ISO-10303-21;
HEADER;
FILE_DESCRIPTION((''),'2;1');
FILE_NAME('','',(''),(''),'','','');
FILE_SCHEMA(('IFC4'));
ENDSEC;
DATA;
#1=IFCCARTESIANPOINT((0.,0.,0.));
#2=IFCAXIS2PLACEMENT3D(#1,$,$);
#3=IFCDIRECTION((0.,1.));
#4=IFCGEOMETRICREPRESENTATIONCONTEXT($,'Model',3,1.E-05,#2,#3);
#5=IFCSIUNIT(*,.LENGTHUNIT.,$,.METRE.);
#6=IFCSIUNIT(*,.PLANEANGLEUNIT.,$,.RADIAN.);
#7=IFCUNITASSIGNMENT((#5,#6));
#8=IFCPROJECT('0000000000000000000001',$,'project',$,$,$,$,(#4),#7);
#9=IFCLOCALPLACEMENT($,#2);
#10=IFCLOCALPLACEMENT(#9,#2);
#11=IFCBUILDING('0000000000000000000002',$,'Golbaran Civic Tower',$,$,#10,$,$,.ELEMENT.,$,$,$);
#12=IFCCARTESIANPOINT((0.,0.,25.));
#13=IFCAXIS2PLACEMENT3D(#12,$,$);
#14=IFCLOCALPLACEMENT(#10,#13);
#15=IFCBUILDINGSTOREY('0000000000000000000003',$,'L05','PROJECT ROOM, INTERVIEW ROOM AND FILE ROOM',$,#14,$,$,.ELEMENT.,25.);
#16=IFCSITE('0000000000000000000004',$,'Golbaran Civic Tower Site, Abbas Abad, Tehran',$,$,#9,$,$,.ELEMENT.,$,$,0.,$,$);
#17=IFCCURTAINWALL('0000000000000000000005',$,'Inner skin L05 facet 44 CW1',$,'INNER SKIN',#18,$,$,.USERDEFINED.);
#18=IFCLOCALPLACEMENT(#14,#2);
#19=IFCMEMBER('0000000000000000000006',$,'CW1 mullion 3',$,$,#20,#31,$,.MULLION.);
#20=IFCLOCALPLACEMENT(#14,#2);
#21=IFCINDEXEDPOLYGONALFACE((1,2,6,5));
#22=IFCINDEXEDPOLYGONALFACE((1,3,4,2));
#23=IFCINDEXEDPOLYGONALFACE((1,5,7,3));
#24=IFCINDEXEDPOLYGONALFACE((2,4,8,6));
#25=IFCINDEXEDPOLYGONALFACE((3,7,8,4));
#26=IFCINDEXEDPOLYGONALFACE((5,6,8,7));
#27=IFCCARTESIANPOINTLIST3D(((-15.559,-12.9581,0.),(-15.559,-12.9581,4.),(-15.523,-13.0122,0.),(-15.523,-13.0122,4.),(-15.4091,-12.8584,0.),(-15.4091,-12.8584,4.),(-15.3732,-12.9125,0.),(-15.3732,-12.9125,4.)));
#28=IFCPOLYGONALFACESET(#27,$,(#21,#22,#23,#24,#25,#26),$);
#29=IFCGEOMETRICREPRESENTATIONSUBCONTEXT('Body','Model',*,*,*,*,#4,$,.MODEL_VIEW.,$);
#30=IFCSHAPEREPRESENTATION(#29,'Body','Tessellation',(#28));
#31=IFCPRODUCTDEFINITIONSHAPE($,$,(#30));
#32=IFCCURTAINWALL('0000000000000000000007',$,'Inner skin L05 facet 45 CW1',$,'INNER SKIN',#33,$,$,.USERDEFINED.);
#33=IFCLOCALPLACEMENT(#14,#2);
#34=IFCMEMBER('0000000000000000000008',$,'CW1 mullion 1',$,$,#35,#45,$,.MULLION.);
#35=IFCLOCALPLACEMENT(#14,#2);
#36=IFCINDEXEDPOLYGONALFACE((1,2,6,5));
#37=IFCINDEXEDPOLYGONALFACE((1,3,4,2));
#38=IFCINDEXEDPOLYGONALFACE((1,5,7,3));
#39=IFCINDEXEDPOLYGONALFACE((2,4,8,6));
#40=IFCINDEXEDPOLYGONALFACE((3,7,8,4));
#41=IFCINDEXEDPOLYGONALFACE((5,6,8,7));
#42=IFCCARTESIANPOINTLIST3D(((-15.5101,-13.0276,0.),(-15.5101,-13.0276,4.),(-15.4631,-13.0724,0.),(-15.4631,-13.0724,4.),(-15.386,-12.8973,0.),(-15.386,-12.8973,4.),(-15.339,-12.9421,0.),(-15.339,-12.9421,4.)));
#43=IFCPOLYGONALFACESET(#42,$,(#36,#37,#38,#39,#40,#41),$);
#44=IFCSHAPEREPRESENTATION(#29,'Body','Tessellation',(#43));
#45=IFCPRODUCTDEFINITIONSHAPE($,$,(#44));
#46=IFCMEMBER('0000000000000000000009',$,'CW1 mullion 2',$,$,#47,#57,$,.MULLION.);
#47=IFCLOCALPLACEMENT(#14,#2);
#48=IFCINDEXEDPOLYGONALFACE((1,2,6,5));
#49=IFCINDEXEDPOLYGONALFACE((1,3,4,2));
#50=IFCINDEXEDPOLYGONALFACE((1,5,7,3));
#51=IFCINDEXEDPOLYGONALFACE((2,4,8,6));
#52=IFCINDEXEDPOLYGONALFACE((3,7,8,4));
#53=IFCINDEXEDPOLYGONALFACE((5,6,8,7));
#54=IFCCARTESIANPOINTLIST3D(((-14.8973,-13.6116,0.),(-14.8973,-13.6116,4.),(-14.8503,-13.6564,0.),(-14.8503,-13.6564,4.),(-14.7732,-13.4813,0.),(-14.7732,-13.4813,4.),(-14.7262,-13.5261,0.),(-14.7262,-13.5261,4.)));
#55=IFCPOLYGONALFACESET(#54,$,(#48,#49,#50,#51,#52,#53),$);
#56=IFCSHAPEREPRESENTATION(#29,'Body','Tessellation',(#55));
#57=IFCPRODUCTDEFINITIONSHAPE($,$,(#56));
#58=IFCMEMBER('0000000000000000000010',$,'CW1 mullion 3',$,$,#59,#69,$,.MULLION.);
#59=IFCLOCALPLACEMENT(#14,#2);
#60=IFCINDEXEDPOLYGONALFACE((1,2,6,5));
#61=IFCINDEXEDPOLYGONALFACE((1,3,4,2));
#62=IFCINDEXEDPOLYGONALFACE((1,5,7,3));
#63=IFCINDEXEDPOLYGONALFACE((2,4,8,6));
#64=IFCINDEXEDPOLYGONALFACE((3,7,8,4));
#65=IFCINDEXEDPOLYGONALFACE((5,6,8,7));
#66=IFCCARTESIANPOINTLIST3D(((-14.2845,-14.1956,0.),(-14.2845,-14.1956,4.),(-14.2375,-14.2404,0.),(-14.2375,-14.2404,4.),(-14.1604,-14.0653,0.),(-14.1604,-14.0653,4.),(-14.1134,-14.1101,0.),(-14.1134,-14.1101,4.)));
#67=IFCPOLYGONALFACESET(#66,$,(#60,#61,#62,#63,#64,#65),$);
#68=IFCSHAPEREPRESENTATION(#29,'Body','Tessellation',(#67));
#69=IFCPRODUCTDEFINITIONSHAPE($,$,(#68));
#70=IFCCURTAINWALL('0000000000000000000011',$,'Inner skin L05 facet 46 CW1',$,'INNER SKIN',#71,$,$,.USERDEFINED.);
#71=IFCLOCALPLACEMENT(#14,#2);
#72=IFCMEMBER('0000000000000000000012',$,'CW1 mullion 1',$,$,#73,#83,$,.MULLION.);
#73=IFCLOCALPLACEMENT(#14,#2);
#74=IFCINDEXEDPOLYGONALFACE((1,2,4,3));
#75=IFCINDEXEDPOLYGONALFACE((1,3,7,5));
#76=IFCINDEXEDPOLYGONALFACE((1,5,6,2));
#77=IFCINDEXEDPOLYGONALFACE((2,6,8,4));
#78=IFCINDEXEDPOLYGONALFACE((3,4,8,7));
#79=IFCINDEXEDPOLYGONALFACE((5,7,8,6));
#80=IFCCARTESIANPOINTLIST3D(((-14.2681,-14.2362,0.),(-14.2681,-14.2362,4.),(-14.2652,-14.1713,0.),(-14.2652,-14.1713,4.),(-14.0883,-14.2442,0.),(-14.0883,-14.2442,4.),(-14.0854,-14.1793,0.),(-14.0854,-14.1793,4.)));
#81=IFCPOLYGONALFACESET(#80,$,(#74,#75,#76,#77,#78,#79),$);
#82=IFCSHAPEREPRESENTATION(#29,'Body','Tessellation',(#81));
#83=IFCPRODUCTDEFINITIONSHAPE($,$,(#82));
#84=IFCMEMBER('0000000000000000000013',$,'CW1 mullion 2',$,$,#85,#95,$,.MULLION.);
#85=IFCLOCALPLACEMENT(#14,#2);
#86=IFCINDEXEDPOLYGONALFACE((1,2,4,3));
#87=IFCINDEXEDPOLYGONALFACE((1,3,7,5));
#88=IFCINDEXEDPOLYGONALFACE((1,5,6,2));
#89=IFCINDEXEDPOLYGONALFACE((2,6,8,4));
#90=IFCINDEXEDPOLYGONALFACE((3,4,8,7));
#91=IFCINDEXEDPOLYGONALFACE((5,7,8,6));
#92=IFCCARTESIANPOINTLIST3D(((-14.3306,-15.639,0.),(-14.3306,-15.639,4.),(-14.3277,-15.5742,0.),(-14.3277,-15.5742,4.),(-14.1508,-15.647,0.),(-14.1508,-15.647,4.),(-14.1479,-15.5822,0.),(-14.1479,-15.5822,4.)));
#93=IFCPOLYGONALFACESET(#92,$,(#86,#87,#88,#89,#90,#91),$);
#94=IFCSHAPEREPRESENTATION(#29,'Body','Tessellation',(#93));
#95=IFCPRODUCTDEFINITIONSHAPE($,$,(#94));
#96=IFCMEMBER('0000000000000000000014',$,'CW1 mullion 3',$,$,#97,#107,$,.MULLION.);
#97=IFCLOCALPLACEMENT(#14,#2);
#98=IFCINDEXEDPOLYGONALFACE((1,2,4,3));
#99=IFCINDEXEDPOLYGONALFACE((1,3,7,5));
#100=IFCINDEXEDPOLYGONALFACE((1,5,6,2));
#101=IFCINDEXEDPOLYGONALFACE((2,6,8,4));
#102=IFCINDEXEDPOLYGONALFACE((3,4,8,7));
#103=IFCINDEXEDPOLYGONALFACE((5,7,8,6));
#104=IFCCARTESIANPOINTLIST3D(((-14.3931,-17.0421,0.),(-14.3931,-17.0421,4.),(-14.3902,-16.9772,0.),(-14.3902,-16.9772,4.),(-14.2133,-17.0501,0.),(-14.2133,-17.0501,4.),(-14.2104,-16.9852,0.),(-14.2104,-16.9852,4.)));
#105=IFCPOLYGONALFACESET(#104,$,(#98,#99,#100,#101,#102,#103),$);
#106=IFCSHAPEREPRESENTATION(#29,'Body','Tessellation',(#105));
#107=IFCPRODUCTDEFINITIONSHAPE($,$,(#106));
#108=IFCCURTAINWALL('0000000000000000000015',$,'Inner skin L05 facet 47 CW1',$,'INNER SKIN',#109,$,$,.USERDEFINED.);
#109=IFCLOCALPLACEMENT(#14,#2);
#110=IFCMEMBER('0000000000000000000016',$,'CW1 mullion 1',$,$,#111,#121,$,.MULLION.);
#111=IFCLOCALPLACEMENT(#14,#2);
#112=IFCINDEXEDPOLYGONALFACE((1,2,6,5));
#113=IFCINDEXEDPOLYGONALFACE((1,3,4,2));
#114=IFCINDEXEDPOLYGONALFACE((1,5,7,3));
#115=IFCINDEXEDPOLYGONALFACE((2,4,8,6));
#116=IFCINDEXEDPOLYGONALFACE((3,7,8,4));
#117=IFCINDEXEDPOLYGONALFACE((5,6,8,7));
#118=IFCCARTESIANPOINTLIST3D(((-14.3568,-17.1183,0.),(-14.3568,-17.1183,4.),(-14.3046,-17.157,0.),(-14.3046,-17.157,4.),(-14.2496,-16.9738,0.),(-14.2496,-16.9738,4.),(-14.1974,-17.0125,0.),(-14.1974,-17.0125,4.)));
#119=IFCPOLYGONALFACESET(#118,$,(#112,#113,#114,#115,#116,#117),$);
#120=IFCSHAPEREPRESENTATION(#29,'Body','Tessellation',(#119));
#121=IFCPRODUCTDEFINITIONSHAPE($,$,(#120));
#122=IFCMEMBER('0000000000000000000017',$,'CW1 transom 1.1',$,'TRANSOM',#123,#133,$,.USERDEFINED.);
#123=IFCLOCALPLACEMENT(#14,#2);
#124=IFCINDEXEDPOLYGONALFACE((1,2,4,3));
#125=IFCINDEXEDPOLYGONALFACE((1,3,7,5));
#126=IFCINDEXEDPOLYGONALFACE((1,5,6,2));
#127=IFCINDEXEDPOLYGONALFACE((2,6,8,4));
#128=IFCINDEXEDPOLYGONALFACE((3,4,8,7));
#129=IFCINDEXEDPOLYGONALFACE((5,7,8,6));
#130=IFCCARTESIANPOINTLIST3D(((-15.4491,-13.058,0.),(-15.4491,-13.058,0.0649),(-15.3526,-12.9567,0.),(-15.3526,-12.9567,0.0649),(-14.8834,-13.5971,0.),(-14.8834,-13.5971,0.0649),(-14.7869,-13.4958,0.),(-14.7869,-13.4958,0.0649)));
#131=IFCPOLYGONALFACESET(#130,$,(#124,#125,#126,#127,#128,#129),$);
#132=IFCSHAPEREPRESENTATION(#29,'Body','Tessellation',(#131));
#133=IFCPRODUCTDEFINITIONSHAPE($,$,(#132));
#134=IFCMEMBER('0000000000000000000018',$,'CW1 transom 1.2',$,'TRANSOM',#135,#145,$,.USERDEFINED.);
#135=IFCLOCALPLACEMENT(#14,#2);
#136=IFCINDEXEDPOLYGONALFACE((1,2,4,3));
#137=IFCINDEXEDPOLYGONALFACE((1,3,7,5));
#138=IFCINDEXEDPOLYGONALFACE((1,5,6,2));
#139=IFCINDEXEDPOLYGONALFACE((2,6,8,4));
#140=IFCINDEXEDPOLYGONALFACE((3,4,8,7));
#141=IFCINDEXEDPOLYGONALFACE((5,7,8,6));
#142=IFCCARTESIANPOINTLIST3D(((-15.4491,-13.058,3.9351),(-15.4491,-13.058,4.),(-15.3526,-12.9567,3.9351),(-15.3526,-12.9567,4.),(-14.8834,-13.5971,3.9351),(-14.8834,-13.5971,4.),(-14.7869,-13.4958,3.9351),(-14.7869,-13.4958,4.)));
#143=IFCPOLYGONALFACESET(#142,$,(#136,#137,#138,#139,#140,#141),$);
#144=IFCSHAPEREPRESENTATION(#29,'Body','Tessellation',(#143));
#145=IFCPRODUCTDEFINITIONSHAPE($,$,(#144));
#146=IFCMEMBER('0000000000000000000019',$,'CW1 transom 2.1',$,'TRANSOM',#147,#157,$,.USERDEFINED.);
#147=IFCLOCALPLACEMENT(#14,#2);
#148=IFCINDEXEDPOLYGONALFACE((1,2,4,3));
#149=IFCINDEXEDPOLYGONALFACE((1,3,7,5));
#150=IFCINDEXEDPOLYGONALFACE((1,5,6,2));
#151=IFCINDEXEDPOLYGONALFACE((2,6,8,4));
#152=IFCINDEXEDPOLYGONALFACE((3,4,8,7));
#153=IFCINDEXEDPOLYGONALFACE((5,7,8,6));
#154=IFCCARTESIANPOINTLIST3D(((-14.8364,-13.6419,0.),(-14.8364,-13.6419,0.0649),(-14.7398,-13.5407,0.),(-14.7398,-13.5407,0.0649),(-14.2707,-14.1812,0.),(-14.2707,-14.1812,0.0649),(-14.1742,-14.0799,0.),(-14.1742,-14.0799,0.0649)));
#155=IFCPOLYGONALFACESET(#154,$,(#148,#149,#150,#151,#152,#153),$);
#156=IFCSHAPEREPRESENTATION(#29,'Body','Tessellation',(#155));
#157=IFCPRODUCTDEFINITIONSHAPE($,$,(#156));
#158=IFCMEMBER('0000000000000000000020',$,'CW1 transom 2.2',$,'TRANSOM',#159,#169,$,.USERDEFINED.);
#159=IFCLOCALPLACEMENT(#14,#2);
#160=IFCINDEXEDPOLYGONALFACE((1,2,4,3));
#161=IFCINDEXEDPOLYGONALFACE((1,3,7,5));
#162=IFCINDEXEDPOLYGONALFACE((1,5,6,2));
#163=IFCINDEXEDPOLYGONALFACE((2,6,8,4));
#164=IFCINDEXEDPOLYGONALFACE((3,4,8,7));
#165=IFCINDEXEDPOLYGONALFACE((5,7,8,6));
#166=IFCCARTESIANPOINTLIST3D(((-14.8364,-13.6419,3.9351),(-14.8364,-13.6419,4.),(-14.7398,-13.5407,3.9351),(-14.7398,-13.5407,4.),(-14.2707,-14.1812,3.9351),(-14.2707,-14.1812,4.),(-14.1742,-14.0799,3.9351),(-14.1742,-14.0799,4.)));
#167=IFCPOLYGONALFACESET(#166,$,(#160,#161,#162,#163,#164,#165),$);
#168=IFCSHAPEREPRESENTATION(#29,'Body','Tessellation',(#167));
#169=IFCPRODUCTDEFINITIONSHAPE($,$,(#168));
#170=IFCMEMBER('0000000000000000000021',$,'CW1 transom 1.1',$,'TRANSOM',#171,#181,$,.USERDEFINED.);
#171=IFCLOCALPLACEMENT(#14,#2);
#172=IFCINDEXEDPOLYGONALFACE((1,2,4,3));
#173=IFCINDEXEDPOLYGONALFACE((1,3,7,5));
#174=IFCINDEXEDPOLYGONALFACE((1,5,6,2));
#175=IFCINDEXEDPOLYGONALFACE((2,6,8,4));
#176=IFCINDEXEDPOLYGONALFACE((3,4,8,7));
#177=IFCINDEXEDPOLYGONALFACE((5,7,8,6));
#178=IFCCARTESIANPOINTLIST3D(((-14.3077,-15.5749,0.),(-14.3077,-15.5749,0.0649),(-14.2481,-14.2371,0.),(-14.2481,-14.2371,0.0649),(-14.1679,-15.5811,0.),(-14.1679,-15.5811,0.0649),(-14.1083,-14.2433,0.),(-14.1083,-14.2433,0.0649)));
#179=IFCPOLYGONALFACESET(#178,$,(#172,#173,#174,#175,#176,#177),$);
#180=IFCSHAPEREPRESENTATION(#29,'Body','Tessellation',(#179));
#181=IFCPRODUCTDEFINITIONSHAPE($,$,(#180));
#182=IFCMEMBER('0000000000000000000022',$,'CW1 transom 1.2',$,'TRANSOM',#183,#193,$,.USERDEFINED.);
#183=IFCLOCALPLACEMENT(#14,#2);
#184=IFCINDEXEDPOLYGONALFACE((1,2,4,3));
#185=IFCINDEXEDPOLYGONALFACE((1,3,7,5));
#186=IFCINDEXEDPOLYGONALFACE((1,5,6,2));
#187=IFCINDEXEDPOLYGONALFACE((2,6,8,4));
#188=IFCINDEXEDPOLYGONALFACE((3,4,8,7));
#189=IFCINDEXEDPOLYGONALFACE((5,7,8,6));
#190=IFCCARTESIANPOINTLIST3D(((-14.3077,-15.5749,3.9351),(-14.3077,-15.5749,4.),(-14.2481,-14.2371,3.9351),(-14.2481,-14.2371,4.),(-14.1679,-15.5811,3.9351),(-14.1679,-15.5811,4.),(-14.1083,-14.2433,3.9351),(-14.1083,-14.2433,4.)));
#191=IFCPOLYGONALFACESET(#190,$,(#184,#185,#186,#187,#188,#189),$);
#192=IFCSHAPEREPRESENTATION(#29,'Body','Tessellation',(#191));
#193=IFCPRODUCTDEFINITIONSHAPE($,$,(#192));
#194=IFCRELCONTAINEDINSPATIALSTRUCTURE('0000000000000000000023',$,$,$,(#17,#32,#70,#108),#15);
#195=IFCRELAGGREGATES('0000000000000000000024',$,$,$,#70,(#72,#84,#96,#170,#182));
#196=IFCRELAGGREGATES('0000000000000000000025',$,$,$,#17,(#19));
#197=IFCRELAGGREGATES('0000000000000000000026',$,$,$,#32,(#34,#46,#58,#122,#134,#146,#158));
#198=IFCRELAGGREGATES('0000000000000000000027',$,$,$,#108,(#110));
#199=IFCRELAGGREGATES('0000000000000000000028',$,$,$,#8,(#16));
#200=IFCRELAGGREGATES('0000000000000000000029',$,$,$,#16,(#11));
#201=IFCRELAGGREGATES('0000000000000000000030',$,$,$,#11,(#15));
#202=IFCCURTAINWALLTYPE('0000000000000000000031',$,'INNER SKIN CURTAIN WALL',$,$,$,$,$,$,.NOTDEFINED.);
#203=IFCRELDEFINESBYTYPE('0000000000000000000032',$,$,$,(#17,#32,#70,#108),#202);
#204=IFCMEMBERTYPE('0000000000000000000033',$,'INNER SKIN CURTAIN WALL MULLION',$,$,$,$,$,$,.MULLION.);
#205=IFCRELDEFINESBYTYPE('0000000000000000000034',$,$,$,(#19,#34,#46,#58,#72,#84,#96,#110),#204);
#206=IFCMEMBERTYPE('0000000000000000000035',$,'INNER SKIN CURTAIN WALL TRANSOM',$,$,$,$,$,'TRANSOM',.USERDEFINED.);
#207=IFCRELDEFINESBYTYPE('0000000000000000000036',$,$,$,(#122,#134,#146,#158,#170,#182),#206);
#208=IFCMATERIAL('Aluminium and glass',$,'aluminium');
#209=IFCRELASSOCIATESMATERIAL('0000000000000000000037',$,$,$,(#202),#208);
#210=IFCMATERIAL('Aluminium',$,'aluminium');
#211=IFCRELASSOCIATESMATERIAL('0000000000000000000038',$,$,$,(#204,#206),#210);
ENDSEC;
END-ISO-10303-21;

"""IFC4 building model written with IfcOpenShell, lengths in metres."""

from ifc_helpers import new_model, si_unit, direction, frame, origin, origin_2d, place, context, subcontext, project, spatial, rectangle, extrude, material, material_profile, profile_set, type_object, element, aggregate, save


model = new_model("IFC4")

# Units and contexts
model_context = context("Model", 3, precision=1e-05, world=origin(), true_north=direction((0.0, 1.0)))
body_context = subcontext(model_context, "Body", "Model", "MODEL_VIEW")
ifc_project = project(units=[si_unit("LENGTHUNIT", "METRE"), si_unit("PLANEANGLEUNIT", "RADIAN")], contexts=[model_context])

# Site, building, storey
site_placement = place(None, origin())
site = spatial("IfcSite", under=ifc_project, at=site_placement, Name="Golbaran Civic Tower Site, Abbas Abad, Tehran", CompositionType="ELEMENT", RefElevation=0.0)
building_placement = place(site_placement, origin())
building = spatial("IfcBuilding", under=site, at=building_placement, Name="Golbaran Civic Tower", CompositionType="ELEMENT")
storey_placement = place(building_placement, frame((0.0, 0.0, 25.0)))
storey = spatial("IfcBuildingStorey", under=building, at=storey_placement, Name="L05", Description="PROJECT ROOM, INTERVIEW ROOM AND FILE ROOM", CompositionType="ELEMENT", Elevation=25.0)

# Curtain wall, member
ifc_material_1 = material(Name="Aluminium and glass", Category="aluminium")
curtain_wall_type = type_object("IfcCurtainWallType", Name="INNER SKIN CURTAIN WALL", PredefinedType="NOTDEFINED", material=ifc_material_1)
curtain_wall_1_placement = place(storey_placement, origin())
curtain_wall_1 = element("IfcCurtainWall", 1, at=curtain_wall_1_placement, inside=storey, type_object=curtain_wall_type, Name="Inner skin L05 facet 44 CW1", ObjectType="INNER SKIN", PredefinedType="USERDEFINED")
ifc_material_2 = material(Name="Aluminium", Category="aluminium")
ifc_material_profile_1 = material_profile(ifc_material_2, rectangle(XDim=0.1799, YDim=0.0649, at=origin_2d()), Name="INNER SKIN CURTAIN WALL MULLION")
ifc_profile_set_1 = profile_set([ifc_material_profile_1], Name="Aluminium")
member_type_1 = type_object("IfcMemberType", Name="INNER SKIN CURTAIN WALL MULLION", PredefinedType="MULLION", material=ifc_profile_set_1)
member_1_placement = place(storey_placement, frame((-15.4661, -12.9353, 0.0), z_axis=(0.0, 0.0, 1.0), x_axis=(0.832703, 0.553719, 0.0)))
member_1 = element("IfcMember", 2, at=member_1_placement, type_object=member_type_1, Name="CW1 mullion 3", PredefinedType="MULLION", context=body_context, shape_type="SweptSolid", body=[
    extrude(rectangle(XDim=0.1799, YDim=0.0649, at=origin_2d()), origin(), (0.0, 0.0, 1.0), 4.0),
])

# Curtain walls, members
curtain_wall_2_placement = place(storey_placement, origin())
curtain_wall_2 = element("IfcCurtainWall", 3, at=curtain_wall_2_placement, inside=storey, type_object=curtain_wall_type, Name="Inner skin L05 facet 45 CW1", ObjectType="INNER SKIN", PredefinedType="USERDEFINED")
member_2_placement = place(storey_placement, frame((-15.4246, -12.9849, 0.0), z_axis=(0.0, 0.0, 1.0), x_axis=(0.689904, 0.7239, 0.0)))
member_2 = element("IfcMember", 4, at=member_2_placement, type_object=member_type_1, Name="CW1 mullion 1", PredefinedType="MULLION", context=body_context, shape_type="SweptSolid", body=[
    extrude(rectangle(XDim=0.1799, YDim=0.0649, at=origin_2d()), origin(), (0.0, 0.0, 1.0), 4.0),
])
member_3_placement = place(storey_placement, frame((-14.8118, -13.5688, 0.0), z_axis=(0.0, 0.0, 1.0), x_axis=(0.689904, 0.7239, 0.0)))
member_3 = element("IfcMember", 5, at=member_3_placement, type_object=member_type_1, Name="CW1 mullion 2", PredefinedType="MULLION", context=body_context, shape_type="SweptSolid", body=[
    extrude(rectangle(XDim=0.1799, YDim=0.0649, at=origin_2d()), origin(), (0.0, 0.0, 1.0), 4.0),
])
member_4_placement = place(storey_placement, frame((-14.199, -14.1528, 0.0), z_axis=(0.0, 0.0, 1.0), x_axis=(0.689904, 0.7239, 0.0)))
member_4 = element("IfcMember", 6, at=member_4_placement, type_object=member_type_1, Name="CW1 mullion 3", PredefinedType="MULLION", context=body_context, shape_type="SweptSolid", body=[
    extrude(rectangle(XDim=0.1799, YDim=0.0649, at=origin_2d()), origin(), (0.0, 0.0, 1.0), 4.0),
])
curtain_wall_3_placement = place(storey_placement, origin())
curtain_wall_3 = element("IfcCurtainWall", 7, at=curtain_wall_3_placement, inside=storey, type_object=curtain_wall_type, Name="Inner skin L05 facet 46 CW1", ObjectType="INNER SKIN", PredefinedType="USERDEFINED")
member_5_placement = place(storey_placement, frame((-14.1768, -14.2078, 0.0), z_axis=(0.0, 0.0, 1.0), x_axis=(0.999008, -0.044524, 0.0)))
member_5 = element("IfcMember", 8, at=member_5_placement, type_object=member_type_1, Name="CW1 mullion 1", PredefinedType="MULLION", context=body_context, shape_type="SweptSolid", body=[
    extrude(rectangle(XDim=0.1799, YDim=0.0649, at=origin_2d()), origin(), (0.0, 0.0, 1.0), 4.0),
])
member_6_placement = place(storey_placement, frame((-14.2393, -15.6106, 0.0), z_axis=(0.0, 0.0, 1.0), x_axis=(0.999008, -0.044524, 0.0)))
member_6 = element("IfcMember", 9, at=member_6_placement, type_object=member_type_1, Name="CW1 mullion 2", PredefinedType="MULLION", context=body_context, shape_type="SweptSolid", body=[
    extrude(rectangle(XDim=0.1799, YDim=0.0649, at=origin_2d()), origin(), (0.0, 0.0, 1.0), 4.0),
])
member_7_placement = place(storey_placement, frame((-14.3018, -17.0137, 0.0), z_axis=(0.0, 0.0, 1.0), x_axis=(0.999008, -0.044524, 0.0)))
member_7 = element("IfcMember", 10, at=member_7_placement, type_object=member_type_1, Name="CW1 mullion 3", PredefinedType="MULLION", context=body_context, shape_type="SweptSolid", body=[
    extrude(rectangle(XDim=0.1799, YDim=0.0649, at=origin_2d()), origin(), (0.0, 0.0, 1.0), 4.0),
])

# Curtain wall, member
curtain_wall_4_placement = place(storey_placement, origin())
curtain_wall_4 = element("IfcCurtainWall", 11, at=curtain_wall_4_placement, inside=storey, type_object=curtain_wall_type, Name="Inner skin L05 facet 47 CW1", ObjectType="INNER SKIN", PredefinedType="USERDEFINED")
member_8_placement = place(storey_placement, frame((-14.2771, -17.0654, 0.0), z_axis=(0.0, 0.0, 1.0), x_axis=(0.596019, 0.80297, 0.0)))
member_8 = element("IfcMember", 12, at=member_8_placement, type_object=member_type_1, Name="CW1 mullion 1", PredefinedType="MULLION", context=body_context, shape_type="SweptSolid", body=[
    extrude(rectangle(XDim=0.1799, YDim=0.0649, at=origin_2d()), origin(), (0.0, 0.0, 1.0), 4.0),
])

# Members
ifc_material_profile_2 = material_profile(ifc_material_2, rectangle(XDim=0.1399, YDim=0.0649, at=origin_2d()), Name="INNER SKIN CURTAIN WALL TRANSOM")
ifc_profile_set_2 = profile_set([ifc_material_profile_2], Name="Aluminium")
member_type_2 = type_object("IfcMemberType", Name="INNER SKIN CURTAIN WALL TRANSOM", ElementType="TRANSOM", PredefinedType="USERDEFINED", material=ifc_profile_set_2)
member_9_placement = place(storey_placement, frame((-15.4009, -13.0073, 0.0325), z_axis=(0.72393, -0.689874, 0.0), x_axis=(0.689874, 0.72393, 0.0)))
member_9 = element("IfcMember", 13, at=member_9_placement, type_object=member_type_2, Name="CW1 transom 1.1", ObjectType="TRANSOM", PredefinedType="USERDEFINED", context=body_context, shape_type="SweptSolid", body=[
    extrude(rectangle(XDim=0.1399, YDim=0.0649, at=origin_2d()), origin(), (0.0, 0.0, 1.0), 0.7815),
])
member_10_placement = place(storey_placement, frame((-15.4009, -13.0073, 3.9675), z_axis=(0.72393, -0.689874, 0.0), x_axis=(0.689874, 0.72393, 0.0)))
member_10 = element("IfcMember", 14, at=member_10_placement, type_object=member_type_2, Name="CW1 transom 1.2", ObjectType="TRANSOM", PredefinedType="USERDEFINED", context=body_context, shape_type="SweptSolid", body=[
    extrude(rectangle(XDim=0.1399, YDim=0.0649, at=origin_2d()), origin(), (0.0, 0.0, 1.0), 0.7815),
])
member_11_placement = place(storey_placement, frame((-14.7881, -13.5913, 0.0325), z_axis=(0.723774, -0.690037, 0.0), x_axis=(0.690037, 0.723774, 0.0)))
member_11 = element("IfcMember", 15, at=member_11_placement, type_object=member_type_2, Name="CW1 transom 2.1", ObjectType="TRANSOM", PredefinedType="USERDEFINED", context=body_context, shape_type="SweptSolid", body=[
    extrude(rectangle(XDim=0.1399, YDim=0.0649, at=origin_2d()), origin(), (0.0, 0.0, 1.0), 0.7815),
])
member_12_placement = place(storey_placement, frame((-14.7881, -13.5913, 3.9675), z_axis=(0.723774, -0.690037, 0.0), x_axis=(0.690037, 0.723774, 0.0)))
member_12 = element("IfcMember", 16, at=member_12_placement, type_object=member_type_2, Name="CW1 transom 2.2", ObjectType="TRANSOM", PredefinedType="USERDEFINED", context=body_context, shape_type="SweptSolid", body=[
    extrude(rectangle(XDim=0.1399, YDim=0.0649, at=origin_2d()), origin(), (0.0, 0.0, 1.0), 0.7815),
])
member_13_placement = place(storey_placement, frame((-14.1782, -14.2402, 0.0325), z_axis=(-0.044481, -0.99901, 0.0), x_axis=(0.99901, -0.044481, 0.0)))
member_13 = element("IfcMember", 17, at=member_13_placement, type_object=member_type_2, Name="CW1 transom 1.1", ObjectType="TRANSOM", PredefinedType="USERDEFINED", context=body_context, shape_type="SweptSolid", body=[
    extrude(rectangle(XDim=0.1399, YDim=0.0649, at=origin_2d()), origin(), (0.0, 0.0, 1.0), 1.3391),
])
member_14_placement = place(storey_placement, frame((-14.1782, -14.2402, 3.9675), z_axis=(-0.044481, -0.99901, 0.0), x_axis=(0.99901, -0.044481, 0.0)))
member_14 = element("IfcMember", 18, at=member_14_placement, type_object=member_type_2, Name="CW1 transom 1.2", ObjectType="TRANSOM", PredefinedType="USERDEFINED", context=body_context, shape_type="SweptSolid", body=[
    extrude(rectangle(XDim=0.1399, YDim=0.0649, at=origin_2d()), origin(), (0.0, 0.0, 1.0), 1.3391),
])

aggregate(curtain_wall_3, [member_5, member_6, member_7, member_13, member_14])
aggregate(curtain_wall_1, [member_1])
aggregate(curtain_wall_2, [member_2, member_3, member_4, member_9, member_10, member_11, member_12])
aggregate(curtain_wall_4, [member_8])

save(model, "model.ifc")
